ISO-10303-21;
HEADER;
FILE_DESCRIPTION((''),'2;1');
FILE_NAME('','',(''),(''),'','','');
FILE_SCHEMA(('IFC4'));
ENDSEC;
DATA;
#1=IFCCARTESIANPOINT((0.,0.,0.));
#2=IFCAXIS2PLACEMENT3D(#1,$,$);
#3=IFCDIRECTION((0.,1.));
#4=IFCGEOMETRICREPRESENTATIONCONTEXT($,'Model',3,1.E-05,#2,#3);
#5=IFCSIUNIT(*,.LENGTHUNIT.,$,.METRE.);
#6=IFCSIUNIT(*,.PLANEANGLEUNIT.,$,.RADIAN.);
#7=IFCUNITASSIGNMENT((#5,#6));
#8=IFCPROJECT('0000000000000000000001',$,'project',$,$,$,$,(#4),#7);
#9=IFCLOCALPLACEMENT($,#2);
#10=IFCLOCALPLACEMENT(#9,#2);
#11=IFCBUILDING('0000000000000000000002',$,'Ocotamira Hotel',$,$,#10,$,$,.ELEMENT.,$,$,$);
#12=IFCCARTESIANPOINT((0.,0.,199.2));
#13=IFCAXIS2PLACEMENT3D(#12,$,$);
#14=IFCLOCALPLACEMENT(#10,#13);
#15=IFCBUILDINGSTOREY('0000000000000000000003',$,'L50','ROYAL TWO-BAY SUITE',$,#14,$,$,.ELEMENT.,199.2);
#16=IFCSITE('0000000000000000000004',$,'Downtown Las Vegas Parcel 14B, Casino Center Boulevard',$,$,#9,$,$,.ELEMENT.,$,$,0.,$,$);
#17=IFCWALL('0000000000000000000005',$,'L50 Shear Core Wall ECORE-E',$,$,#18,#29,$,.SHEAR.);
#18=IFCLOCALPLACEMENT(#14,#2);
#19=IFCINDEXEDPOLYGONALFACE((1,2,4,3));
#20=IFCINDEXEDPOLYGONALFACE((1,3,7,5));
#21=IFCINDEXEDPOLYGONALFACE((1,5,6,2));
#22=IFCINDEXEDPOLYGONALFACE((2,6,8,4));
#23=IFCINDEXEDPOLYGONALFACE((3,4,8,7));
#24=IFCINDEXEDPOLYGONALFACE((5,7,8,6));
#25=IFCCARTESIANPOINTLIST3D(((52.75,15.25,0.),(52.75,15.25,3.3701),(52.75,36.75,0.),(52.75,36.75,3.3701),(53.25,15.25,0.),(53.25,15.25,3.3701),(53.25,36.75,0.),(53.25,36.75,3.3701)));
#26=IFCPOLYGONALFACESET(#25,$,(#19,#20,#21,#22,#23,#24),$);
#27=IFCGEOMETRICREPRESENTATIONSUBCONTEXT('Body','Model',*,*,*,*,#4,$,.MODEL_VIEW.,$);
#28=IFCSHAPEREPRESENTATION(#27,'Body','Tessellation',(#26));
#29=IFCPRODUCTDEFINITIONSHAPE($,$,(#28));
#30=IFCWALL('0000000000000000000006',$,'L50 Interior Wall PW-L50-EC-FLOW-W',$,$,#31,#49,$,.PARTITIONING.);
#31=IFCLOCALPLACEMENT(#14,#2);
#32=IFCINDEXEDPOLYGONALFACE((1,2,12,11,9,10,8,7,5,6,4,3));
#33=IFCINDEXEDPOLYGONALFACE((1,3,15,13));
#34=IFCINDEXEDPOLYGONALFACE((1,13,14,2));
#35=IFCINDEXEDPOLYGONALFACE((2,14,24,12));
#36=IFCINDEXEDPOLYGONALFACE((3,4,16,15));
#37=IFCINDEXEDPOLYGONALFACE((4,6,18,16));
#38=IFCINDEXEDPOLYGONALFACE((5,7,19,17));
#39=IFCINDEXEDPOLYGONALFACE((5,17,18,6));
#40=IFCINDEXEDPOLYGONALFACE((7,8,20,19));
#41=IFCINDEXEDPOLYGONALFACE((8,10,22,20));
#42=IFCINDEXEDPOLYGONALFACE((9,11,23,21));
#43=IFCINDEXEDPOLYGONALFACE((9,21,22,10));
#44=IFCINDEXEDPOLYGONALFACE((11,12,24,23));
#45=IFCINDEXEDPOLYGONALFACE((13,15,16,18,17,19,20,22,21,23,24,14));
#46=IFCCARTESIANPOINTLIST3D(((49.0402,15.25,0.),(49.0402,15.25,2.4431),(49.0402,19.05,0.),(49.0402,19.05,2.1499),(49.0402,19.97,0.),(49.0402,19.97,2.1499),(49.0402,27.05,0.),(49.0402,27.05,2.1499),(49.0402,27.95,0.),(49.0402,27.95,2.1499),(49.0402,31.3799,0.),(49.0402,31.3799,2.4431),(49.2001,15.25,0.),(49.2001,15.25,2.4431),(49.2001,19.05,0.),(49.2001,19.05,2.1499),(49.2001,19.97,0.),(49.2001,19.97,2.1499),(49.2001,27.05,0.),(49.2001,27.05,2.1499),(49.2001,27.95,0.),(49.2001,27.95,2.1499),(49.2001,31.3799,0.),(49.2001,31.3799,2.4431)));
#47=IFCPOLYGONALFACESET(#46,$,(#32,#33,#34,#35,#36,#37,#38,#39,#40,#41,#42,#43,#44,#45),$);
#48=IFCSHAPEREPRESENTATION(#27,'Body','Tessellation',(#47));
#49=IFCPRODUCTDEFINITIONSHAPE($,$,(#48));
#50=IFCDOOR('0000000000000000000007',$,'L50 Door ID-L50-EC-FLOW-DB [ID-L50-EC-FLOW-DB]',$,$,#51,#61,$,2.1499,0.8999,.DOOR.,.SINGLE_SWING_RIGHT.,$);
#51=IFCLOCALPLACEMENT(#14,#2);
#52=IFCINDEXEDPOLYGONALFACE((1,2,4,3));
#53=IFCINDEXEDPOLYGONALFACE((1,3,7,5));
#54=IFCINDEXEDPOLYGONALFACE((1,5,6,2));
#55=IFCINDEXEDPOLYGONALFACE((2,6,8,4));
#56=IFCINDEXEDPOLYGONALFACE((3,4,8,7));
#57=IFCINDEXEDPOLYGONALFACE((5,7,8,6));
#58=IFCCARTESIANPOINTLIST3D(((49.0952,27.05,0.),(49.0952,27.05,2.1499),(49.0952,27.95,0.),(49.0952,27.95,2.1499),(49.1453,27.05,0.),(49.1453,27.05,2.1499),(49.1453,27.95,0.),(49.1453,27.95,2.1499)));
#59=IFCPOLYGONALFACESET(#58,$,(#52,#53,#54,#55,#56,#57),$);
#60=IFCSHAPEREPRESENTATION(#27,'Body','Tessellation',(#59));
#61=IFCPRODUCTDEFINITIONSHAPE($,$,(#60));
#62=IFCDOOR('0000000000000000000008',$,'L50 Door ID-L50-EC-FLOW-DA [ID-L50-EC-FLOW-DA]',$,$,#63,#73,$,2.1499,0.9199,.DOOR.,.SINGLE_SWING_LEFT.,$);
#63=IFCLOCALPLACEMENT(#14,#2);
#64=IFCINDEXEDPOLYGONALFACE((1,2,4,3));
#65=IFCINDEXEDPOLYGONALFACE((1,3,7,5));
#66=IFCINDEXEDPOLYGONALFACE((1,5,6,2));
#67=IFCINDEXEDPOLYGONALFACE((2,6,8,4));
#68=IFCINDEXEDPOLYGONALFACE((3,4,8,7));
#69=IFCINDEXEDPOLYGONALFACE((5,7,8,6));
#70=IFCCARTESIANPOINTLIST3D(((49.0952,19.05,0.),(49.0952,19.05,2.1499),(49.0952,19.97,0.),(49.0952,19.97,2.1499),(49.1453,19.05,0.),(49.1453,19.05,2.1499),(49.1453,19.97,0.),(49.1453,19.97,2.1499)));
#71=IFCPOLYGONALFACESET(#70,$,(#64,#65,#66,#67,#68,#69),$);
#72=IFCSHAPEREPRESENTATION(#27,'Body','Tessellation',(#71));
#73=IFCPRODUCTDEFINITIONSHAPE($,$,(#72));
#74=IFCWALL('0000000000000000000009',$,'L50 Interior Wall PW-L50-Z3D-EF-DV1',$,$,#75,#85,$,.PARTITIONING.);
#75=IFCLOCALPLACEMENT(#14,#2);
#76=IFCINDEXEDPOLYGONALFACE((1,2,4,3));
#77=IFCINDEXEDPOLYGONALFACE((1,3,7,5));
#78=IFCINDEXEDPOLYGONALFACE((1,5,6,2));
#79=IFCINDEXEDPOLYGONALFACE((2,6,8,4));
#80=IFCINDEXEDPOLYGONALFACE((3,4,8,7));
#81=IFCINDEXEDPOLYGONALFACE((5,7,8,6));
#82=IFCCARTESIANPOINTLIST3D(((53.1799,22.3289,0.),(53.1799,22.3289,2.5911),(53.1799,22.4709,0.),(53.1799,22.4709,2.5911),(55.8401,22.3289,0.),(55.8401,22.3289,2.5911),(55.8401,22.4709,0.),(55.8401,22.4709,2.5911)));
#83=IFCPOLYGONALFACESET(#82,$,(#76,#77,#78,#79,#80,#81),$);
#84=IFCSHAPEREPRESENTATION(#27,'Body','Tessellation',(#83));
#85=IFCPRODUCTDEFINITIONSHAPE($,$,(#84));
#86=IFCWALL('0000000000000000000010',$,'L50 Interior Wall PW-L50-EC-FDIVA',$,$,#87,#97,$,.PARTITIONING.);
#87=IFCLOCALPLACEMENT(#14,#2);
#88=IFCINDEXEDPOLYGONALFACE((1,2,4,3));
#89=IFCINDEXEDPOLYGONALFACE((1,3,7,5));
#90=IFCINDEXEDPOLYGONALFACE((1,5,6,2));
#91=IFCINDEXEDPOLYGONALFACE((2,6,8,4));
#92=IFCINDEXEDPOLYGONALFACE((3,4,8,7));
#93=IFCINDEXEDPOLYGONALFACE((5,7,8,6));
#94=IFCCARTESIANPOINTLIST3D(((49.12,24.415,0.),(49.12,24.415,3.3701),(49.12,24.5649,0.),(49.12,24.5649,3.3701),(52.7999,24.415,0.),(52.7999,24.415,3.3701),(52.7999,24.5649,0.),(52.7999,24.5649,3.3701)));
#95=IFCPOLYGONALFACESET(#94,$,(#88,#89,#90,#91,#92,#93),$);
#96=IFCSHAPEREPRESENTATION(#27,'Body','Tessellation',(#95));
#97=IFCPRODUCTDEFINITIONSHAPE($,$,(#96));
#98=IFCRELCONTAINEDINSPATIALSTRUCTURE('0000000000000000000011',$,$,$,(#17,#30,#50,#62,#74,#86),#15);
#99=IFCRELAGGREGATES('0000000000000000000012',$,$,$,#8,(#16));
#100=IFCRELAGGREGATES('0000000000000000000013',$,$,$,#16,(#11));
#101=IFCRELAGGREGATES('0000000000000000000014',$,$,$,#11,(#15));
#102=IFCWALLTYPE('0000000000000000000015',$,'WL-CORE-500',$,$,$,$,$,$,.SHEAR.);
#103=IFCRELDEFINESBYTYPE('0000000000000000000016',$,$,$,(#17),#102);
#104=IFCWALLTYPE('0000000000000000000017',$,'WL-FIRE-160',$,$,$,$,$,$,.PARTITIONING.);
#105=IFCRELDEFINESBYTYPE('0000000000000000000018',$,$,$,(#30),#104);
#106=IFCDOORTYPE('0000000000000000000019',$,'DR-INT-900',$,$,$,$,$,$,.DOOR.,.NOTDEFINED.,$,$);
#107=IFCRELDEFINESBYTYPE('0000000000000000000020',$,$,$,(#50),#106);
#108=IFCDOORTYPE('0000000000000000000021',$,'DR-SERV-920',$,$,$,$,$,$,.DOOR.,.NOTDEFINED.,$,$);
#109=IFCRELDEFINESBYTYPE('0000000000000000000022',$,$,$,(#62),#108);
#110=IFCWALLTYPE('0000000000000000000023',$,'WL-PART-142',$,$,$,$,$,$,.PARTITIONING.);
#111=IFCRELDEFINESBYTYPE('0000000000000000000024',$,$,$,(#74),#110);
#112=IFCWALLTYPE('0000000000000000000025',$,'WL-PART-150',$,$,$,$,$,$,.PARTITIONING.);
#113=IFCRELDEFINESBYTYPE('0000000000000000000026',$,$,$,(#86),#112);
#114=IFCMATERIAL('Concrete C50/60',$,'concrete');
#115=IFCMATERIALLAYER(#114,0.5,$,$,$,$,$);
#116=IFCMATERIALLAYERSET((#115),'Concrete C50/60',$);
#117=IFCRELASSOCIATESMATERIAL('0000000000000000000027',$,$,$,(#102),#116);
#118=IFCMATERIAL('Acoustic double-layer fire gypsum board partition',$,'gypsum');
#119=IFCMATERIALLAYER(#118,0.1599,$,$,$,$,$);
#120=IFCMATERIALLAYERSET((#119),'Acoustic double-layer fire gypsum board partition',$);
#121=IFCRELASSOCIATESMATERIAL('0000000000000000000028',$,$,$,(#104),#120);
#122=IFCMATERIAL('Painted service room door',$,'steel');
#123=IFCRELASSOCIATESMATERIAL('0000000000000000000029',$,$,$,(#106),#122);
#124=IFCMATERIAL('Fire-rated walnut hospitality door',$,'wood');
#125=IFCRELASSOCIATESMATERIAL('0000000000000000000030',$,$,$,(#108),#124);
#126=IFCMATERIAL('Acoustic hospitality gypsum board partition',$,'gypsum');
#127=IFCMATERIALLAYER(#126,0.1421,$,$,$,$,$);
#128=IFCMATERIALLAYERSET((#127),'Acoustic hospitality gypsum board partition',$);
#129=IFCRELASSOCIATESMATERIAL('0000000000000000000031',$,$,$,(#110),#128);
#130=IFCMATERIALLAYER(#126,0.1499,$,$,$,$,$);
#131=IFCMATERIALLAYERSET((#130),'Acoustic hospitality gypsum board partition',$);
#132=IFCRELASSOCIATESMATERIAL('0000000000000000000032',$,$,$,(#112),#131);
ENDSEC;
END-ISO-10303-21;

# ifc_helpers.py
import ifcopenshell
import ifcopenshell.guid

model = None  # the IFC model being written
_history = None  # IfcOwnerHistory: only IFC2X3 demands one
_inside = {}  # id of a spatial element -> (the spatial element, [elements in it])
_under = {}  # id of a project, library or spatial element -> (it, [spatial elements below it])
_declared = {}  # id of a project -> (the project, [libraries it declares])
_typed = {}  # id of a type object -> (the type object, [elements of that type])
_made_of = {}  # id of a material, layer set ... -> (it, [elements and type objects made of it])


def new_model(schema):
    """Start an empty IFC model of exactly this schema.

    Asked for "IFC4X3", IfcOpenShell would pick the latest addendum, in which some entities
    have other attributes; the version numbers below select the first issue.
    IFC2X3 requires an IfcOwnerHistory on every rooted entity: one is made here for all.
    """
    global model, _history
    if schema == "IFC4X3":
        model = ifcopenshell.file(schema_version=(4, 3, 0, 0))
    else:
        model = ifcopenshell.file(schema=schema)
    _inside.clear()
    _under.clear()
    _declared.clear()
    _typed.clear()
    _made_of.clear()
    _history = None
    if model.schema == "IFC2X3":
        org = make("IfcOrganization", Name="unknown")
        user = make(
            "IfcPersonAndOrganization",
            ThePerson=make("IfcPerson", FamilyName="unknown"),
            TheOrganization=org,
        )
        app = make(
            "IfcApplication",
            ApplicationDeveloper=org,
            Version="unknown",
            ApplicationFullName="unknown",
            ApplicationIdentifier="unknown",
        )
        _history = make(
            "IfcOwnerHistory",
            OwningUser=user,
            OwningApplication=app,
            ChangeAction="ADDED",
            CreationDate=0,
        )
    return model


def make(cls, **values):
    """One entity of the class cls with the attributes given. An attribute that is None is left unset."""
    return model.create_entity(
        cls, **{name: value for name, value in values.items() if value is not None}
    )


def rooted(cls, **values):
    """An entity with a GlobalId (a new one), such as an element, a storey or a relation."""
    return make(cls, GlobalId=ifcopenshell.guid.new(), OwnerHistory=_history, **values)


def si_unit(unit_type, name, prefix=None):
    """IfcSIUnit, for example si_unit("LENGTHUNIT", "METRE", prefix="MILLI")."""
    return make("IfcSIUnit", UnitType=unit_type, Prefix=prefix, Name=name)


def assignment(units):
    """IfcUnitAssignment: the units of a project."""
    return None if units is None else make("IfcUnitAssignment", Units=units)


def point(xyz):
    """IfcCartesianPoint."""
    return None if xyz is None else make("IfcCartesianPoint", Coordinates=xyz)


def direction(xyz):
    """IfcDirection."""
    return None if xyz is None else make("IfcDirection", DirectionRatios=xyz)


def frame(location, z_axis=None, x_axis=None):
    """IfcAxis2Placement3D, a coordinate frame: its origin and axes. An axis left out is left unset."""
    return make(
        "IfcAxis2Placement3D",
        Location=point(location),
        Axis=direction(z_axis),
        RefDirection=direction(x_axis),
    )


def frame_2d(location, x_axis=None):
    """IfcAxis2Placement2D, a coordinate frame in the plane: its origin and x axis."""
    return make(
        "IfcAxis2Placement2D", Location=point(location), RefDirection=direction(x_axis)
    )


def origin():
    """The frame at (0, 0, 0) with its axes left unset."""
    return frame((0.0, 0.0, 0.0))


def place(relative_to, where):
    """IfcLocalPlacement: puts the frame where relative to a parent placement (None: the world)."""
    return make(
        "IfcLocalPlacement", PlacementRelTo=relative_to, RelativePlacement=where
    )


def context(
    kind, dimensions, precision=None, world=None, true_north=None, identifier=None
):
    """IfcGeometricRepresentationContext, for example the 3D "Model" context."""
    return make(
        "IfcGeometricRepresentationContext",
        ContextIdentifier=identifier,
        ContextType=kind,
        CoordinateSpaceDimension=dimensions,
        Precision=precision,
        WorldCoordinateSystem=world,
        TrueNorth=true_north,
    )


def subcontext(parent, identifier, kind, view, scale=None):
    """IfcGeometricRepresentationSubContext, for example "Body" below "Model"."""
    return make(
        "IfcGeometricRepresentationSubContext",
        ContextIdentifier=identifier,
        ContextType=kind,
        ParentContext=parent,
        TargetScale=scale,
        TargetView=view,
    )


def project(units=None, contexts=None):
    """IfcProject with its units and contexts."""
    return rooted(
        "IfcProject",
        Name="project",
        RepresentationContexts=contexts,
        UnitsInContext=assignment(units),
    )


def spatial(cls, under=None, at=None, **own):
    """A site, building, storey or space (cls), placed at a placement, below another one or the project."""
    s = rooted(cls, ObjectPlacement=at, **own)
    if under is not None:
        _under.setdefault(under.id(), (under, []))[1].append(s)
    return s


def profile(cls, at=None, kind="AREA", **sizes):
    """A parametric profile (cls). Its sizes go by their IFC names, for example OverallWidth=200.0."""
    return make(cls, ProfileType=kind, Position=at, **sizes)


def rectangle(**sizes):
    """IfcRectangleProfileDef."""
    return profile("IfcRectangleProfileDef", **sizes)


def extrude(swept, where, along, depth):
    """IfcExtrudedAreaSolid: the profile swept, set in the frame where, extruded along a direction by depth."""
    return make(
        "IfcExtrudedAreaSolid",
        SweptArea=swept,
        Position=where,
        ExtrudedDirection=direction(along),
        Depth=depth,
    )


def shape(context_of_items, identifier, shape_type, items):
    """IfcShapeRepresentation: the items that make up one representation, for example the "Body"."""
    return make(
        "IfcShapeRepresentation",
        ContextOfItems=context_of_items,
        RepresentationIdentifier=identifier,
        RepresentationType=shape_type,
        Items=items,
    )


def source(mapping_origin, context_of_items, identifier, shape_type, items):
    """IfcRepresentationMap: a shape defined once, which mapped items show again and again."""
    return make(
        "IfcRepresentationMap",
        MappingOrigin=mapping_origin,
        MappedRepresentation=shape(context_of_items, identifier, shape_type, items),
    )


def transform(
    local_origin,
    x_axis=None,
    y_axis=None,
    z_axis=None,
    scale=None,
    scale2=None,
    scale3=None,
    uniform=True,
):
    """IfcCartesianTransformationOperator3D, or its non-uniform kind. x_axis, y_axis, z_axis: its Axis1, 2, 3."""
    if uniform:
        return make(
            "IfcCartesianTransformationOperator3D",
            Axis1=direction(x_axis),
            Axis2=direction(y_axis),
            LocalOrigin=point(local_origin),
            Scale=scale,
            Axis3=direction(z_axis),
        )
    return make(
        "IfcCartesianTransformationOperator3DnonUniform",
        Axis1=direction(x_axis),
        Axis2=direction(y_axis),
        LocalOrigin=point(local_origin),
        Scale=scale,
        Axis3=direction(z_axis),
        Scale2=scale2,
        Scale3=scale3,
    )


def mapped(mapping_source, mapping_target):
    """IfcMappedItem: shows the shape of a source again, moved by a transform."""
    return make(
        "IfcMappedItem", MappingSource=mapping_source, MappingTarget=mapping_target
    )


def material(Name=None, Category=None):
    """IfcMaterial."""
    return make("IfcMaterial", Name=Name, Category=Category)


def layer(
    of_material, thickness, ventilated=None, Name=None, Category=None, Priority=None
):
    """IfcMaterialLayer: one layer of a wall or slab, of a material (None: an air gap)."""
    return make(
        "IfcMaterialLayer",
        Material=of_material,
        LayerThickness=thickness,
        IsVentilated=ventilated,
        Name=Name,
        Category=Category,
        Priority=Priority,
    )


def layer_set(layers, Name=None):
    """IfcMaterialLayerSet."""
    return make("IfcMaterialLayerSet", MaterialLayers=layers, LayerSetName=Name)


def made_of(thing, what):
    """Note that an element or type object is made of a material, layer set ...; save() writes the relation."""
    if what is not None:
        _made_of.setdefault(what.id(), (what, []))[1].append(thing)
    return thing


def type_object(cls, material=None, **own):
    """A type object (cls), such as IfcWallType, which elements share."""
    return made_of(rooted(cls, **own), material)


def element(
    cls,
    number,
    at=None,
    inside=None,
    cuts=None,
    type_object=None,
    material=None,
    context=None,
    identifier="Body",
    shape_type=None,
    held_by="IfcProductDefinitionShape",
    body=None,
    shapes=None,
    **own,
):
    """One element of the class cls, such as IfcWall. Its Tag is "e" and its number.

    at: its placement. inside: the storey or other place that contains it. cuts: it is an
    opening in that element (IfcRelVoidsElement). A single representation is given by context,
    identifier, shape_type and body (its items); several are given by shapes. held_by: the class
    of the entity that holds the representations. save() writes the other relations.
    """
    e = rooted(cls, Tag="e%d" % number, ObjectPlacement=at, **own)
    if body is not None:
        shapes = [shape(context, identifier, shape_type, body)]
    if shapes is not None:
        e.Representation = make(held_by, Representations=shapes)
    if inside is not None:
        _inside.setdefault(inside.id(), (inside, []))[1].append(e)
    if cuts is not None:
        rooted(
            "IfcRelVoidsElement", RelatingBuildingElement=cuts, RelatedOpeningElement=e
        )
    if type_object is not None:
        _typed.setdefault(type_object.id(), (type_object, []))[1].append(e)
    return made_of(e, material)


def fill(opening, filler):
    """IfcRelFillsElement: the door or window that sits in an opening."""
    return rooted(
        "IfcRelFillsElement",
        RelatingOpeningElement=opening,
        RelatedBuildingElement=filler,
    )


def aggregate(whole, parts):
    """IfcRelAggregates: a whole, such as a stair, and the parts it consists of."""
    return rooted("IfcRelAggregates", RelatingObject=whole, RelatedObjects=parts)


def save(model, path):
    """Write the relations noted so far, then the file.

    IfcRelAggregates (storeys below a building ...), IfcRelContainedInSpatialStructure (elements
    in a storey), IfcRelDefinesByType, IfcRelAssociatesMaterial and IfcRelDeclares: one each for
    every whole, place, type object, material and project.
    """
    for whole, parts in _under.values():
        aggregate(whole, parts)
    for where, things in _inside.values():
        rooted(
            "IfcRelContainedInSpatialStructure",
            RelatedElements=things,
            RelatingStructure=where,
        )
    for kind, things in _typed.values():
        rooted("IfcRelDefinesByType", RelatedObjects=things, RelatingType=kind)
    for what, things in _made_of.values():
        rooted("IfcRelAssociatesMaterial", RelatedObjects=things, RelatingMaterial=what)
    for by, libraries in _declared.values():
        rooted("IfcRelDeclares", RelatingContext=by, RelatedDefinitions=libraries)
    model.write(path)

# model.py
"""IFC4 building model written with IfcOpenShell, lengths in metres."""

from ifc_helpers import new_model, si_unit, direction, frame, frame_2d, origin, place, context, subcontext, project, spatial, rectangle, extrude, source, transform, mapped, material, layer, layer_set, type_object, element, fill, save


model = new_model("IFC4")

# Units and contexts
model_context = context("Model", 3, precision=1e-05, world=origin(), true_north=direction((0.0, 1.0)))
body_context = subcontext(model_context, "Body", "Model", "MODEL_VIEW")
ifc_project = project(units=[si_unit("LENGTHUNIT", "METRE"), si_unit("PLANEANGLEUNIT", "RADIAN")], contexts=[model_context])

# Site, building, storey
site_placement = place(None, origin())
site = spatial("IfcSite", under=ifc_project, at=site_placement, Name="Downtown Las Vegas Parcel 14B, Casino Center Boulevard", CompositionType="ELEMENT", RefElevation=0.0)
building_placement = place(site_placement, origin())
building = spatial("IfcBuilding", under=site, at=building_placement, Name="Ocotamira Hotel", CompositionType="ELEMENT")
storey_placement = place(building_placement, frame((0.0, 0.0, 199.2)))
storey = spatial("IfcBuildingStorey", under=building, at=storey_placement, Name="L50", Description="ROYAL TWO-BAY SUITE", CompositionType="ELEMENT", Elevation=199.2)

# Wall
ifc_material_1 = material(Name="Concrete C50/60", Category="concrete")
ifc_layer_1 = layer(ifc_material_1, 0.5)
ifc_layer_set_1 = layer_set([ifc_layer_1], Name="Concrete C50/60")
wall_type_1 = type_object("IfcWallType", Name="WL-CORE-500", PredefinedType="SHEAR", material=ifc_layer_set_1)
wall_1_placement = place(storey_placement, frame((53.0, 15.25, 0.0), z_axis=(0.0, 0.0, 1.0), x_axis=(0.0, 1.0, 0.0)))
element("IfcWall", 1, at=wall_1_placement, inside=storey, type_object=wall_type_1, Name="L50 Shear Core Wall ECORE-E", PredefinedType="SHEAR", context=body_context, shape_type="SweptSolid", body=[
    extrude(rectangle(XDim=21.5, YDim=0.5, at=frame_2d((10.75, 0.0))), origin(), (0.0, 0.0, 1.0), 3.3701),
])

# Wall, openings, doors
ifc_material_2 = material(Name="Acoustic double-layer fire gypsum board partition", Category="gypsum")
ifc_layer_2 = layer(ifc_material_2, 0.1599)
ifc_layer_set_2 = layer_set([ifc_layer_2], Name="Acoustic double-layer fire gypsum board partition")
wall_type_2 = type_object("IfcWallType", Name="WL-FIRE-160", PredefinedType="PARTITIONING", material=ifc_layer_set_2)
wall_2_placement = place(storey_placement, frame((49.1201, 15.25, 0.0), z_axis=(0.0, 0.0, 1.0), x_axis=(0.0, 1.0, 0.0)))
wall_2 = element("IfcWall", 2, at=wall_2_placement, inside=storey, type_object=wall_type_2, Name="L50 Interior Wall PW-L50-EC-FLOW-W", PredefinedType="PARTITIONING", context=body_context, shape_type="SweptSolid", body=[
    extrude(rectangle(XDim=16.1299, YDim=0.1599, at=frame_2d((8.0649, 0.0))), origin(), (0.0, 0.0, 1.0), 2.4431),
])
opening_1_placement = place(wall_2_placement, frame((3.8, 0.0, 0.0)))
opening_1 = element("IfcOpeningElement", 3, at=opening_1_placement, cuts=wall_2, PredefinedType="OPENING", context=body_context, shape_type="SweptSolid", body=[
    extrude(rectangle(XDim=0.9199, YDim=2.1499, at=frame_2d((0.46, 1.075))), frame((0.0, 0.0898, 0.0), z_axis=(0.0, -1.0, 0.0), x_axis=(1.0, 0.0, 0.0)), (0.0, 0.0, 1.0), 0.1799),
])
opening_2_placement = place(wall_2_placement, frame((11.8, 0.0, 0.0)))
opening_2 = element("IfcOpeningElement", 4, at=opening_2_placement, cuts=wall_2, PredefinedType="OPENING", context=body_context, shape_type="SweptSolid", body=[
    extrude(rectangle(XDim=0.8999, YDim=2.1499, at=frame_2d((0.45, 1.075))), frame((0.0, 0.0898, 0.0), z_axis=(0.0, -1.0, 0.0), x_axis=(1.0, 0.0, 0.0)), (0.0, 0.0, 1.0), 0.1799),
])
ifc_material_3 = material(Name="Painted service room door", Category="steel")
door_type_1 = type_object("IfcDoorType", Name="DR-INT-900", OperationType="NOTDEFINED", PredefinedType="DOOR", material=ifc_material_3)
shared_shape_1 = source(origin(), body_context, "Body", "SweptSolid", [
    extrude(rectangle(XDim=0.8999, YDim=2.1499, at=frame_2d((0.45, 1.075))), frame((0.0, 0.0249, 0.0), z_axis=(0.0, -1.0, 0.0), x_axis=(1.0, 0.0, 0.0)), (0.0, 0.0, 1.0), 0.05),
])
door_1_placement = place(opening_2_placement, origin())
door_1 = element("IfcDoor", 5, at=door_1_placement, inside=storey, type_object=door_type_1, Name="L50 Door ID-L50-EC-FLOW-DB [ID-L50-EC-FLOW-DB]", OperationType="SINGLE_SWING_RIGHT", OverallHeight=2.1499, OverallWidth=0.8999, PredefinedType="DOOR", context=body_context, shape_type="MappedRepresentation", body=[
    mapped(shared_shape_1, transform((0.0, 0.0, 0.0), scale=1.0)),
])
fill(opening_2, door_1)
ifc_material_4 = material(Name="Fire-rated walnut hospitality door", Category="wood")
door_type_2 = type_object("IfcDoorType", Name="DR-SERV-920", OperationType="NOTDEFINED", PredefinedType="DOOR", material=ifc_material_4)
shared_shape_2 = source(origin(), body_context, "Body", "SweptSolid", [
    extrude(rectangle(XDim=0.9199, YDim=2.1499, at=frame_2d((0.46, 1.075))), frame((0.0, 0.0249, 0.0), z_axis=(0.0, -1.0, 0.0), x_axis=(1.0, 0.0, 0.0)), (0.0, 0.0, 1.0), 0.05),
])
door_2_placement = place(opening_1_placement, origin())
door_2 = element("IfcDoor", 6, at=door_2_placement, inside=storey, type_object=door_type_2, Name="L50 Door ID-L50-EC-FLOW-DA [ID-L50-EC-FLOW-DA]", OperationType="SINGLE_SWING_LEFT", OverallHeight=2.1499, OverallWidth=0.9199, PredefinedType="DOOR", context=body_context, shape_type="MappedRepresentation", body=[
    mapped(shared_shape_2, transform((0.0, 0.0, 0.0), scale=1.0)),
])
fill(opening_1, door_2)

# Walls
ifc_material_5 = material(Name="Acoustic hospitality gypsum board partition", Category="gypsum")
ifc_layer_3 = layer(ifc_material_5, 0.1421)
ifc_layer_set_3 = layer_set([ifc_layer_3], Name="Acoustic hospitality gypsum board partition")
wall_type_3 = type_object("IfcWallType", Name="WL-PART-142", PredefinedType="PARTITIONING", material=ifc_layer_set_3)
wall_3_placement = place(storey_placement, frame((53.1799, 22.3999, 0.0), z_axis=(0.0, 0.0, 1.0), x_axis=(1.0, 0.0, 0.0)))
element("IfcWall", 7, at=wall_3_placement, inside=storey, type_object=wall_type_3, Name="L50 Interior Wall PW-L50-Z3D-EF-DV1", PredefinedType="PARTITIONING", context=body_context, shape_type="SweptSolid", body=[
    extrude(rectangle(XDim=2.6602, YDim=0.1421, at=frame_2d((1.3301, 0.0))), origin(), (0.0, 0.0, 1.0), 2.5911),
])
ifc_layer_4 = layer(ifc_material_5, 0.1499)
ifc_layer_set_4 = layer_set([ifc_layer_4], Name="Acoustic hospitality gypsum board partition")
wall_type_4 = type_object("IfcWallType", Name="WL-PART-150", PredefinedType="PARTITIONING", material=ifc_layer_set_4)
wall_4_placement = place(storey_placement, frame((49.1201, 24.49, 0.0), z_axis=(0.0, 0.0, 1.0), x_axis=(1.0, 0.0, 0.0)))
element("IfcWall", 8, at=wall_4_placement, inside=storey, type_object=wall_type_4, Name="L50 Interior Wall PW-L50-EC-FDIVA", PredefinedType="PARTITIONING", context=body_context, shape_type="SweptSolid", body=[
    extrude(rectangle(XDim=3.6799, YDim=0.1499, at=frame_2d((1.8398, 0.0))), origin(), (0.0, 0.0, 1.0), 3.3701),
])

save(model, "model.ifc")
